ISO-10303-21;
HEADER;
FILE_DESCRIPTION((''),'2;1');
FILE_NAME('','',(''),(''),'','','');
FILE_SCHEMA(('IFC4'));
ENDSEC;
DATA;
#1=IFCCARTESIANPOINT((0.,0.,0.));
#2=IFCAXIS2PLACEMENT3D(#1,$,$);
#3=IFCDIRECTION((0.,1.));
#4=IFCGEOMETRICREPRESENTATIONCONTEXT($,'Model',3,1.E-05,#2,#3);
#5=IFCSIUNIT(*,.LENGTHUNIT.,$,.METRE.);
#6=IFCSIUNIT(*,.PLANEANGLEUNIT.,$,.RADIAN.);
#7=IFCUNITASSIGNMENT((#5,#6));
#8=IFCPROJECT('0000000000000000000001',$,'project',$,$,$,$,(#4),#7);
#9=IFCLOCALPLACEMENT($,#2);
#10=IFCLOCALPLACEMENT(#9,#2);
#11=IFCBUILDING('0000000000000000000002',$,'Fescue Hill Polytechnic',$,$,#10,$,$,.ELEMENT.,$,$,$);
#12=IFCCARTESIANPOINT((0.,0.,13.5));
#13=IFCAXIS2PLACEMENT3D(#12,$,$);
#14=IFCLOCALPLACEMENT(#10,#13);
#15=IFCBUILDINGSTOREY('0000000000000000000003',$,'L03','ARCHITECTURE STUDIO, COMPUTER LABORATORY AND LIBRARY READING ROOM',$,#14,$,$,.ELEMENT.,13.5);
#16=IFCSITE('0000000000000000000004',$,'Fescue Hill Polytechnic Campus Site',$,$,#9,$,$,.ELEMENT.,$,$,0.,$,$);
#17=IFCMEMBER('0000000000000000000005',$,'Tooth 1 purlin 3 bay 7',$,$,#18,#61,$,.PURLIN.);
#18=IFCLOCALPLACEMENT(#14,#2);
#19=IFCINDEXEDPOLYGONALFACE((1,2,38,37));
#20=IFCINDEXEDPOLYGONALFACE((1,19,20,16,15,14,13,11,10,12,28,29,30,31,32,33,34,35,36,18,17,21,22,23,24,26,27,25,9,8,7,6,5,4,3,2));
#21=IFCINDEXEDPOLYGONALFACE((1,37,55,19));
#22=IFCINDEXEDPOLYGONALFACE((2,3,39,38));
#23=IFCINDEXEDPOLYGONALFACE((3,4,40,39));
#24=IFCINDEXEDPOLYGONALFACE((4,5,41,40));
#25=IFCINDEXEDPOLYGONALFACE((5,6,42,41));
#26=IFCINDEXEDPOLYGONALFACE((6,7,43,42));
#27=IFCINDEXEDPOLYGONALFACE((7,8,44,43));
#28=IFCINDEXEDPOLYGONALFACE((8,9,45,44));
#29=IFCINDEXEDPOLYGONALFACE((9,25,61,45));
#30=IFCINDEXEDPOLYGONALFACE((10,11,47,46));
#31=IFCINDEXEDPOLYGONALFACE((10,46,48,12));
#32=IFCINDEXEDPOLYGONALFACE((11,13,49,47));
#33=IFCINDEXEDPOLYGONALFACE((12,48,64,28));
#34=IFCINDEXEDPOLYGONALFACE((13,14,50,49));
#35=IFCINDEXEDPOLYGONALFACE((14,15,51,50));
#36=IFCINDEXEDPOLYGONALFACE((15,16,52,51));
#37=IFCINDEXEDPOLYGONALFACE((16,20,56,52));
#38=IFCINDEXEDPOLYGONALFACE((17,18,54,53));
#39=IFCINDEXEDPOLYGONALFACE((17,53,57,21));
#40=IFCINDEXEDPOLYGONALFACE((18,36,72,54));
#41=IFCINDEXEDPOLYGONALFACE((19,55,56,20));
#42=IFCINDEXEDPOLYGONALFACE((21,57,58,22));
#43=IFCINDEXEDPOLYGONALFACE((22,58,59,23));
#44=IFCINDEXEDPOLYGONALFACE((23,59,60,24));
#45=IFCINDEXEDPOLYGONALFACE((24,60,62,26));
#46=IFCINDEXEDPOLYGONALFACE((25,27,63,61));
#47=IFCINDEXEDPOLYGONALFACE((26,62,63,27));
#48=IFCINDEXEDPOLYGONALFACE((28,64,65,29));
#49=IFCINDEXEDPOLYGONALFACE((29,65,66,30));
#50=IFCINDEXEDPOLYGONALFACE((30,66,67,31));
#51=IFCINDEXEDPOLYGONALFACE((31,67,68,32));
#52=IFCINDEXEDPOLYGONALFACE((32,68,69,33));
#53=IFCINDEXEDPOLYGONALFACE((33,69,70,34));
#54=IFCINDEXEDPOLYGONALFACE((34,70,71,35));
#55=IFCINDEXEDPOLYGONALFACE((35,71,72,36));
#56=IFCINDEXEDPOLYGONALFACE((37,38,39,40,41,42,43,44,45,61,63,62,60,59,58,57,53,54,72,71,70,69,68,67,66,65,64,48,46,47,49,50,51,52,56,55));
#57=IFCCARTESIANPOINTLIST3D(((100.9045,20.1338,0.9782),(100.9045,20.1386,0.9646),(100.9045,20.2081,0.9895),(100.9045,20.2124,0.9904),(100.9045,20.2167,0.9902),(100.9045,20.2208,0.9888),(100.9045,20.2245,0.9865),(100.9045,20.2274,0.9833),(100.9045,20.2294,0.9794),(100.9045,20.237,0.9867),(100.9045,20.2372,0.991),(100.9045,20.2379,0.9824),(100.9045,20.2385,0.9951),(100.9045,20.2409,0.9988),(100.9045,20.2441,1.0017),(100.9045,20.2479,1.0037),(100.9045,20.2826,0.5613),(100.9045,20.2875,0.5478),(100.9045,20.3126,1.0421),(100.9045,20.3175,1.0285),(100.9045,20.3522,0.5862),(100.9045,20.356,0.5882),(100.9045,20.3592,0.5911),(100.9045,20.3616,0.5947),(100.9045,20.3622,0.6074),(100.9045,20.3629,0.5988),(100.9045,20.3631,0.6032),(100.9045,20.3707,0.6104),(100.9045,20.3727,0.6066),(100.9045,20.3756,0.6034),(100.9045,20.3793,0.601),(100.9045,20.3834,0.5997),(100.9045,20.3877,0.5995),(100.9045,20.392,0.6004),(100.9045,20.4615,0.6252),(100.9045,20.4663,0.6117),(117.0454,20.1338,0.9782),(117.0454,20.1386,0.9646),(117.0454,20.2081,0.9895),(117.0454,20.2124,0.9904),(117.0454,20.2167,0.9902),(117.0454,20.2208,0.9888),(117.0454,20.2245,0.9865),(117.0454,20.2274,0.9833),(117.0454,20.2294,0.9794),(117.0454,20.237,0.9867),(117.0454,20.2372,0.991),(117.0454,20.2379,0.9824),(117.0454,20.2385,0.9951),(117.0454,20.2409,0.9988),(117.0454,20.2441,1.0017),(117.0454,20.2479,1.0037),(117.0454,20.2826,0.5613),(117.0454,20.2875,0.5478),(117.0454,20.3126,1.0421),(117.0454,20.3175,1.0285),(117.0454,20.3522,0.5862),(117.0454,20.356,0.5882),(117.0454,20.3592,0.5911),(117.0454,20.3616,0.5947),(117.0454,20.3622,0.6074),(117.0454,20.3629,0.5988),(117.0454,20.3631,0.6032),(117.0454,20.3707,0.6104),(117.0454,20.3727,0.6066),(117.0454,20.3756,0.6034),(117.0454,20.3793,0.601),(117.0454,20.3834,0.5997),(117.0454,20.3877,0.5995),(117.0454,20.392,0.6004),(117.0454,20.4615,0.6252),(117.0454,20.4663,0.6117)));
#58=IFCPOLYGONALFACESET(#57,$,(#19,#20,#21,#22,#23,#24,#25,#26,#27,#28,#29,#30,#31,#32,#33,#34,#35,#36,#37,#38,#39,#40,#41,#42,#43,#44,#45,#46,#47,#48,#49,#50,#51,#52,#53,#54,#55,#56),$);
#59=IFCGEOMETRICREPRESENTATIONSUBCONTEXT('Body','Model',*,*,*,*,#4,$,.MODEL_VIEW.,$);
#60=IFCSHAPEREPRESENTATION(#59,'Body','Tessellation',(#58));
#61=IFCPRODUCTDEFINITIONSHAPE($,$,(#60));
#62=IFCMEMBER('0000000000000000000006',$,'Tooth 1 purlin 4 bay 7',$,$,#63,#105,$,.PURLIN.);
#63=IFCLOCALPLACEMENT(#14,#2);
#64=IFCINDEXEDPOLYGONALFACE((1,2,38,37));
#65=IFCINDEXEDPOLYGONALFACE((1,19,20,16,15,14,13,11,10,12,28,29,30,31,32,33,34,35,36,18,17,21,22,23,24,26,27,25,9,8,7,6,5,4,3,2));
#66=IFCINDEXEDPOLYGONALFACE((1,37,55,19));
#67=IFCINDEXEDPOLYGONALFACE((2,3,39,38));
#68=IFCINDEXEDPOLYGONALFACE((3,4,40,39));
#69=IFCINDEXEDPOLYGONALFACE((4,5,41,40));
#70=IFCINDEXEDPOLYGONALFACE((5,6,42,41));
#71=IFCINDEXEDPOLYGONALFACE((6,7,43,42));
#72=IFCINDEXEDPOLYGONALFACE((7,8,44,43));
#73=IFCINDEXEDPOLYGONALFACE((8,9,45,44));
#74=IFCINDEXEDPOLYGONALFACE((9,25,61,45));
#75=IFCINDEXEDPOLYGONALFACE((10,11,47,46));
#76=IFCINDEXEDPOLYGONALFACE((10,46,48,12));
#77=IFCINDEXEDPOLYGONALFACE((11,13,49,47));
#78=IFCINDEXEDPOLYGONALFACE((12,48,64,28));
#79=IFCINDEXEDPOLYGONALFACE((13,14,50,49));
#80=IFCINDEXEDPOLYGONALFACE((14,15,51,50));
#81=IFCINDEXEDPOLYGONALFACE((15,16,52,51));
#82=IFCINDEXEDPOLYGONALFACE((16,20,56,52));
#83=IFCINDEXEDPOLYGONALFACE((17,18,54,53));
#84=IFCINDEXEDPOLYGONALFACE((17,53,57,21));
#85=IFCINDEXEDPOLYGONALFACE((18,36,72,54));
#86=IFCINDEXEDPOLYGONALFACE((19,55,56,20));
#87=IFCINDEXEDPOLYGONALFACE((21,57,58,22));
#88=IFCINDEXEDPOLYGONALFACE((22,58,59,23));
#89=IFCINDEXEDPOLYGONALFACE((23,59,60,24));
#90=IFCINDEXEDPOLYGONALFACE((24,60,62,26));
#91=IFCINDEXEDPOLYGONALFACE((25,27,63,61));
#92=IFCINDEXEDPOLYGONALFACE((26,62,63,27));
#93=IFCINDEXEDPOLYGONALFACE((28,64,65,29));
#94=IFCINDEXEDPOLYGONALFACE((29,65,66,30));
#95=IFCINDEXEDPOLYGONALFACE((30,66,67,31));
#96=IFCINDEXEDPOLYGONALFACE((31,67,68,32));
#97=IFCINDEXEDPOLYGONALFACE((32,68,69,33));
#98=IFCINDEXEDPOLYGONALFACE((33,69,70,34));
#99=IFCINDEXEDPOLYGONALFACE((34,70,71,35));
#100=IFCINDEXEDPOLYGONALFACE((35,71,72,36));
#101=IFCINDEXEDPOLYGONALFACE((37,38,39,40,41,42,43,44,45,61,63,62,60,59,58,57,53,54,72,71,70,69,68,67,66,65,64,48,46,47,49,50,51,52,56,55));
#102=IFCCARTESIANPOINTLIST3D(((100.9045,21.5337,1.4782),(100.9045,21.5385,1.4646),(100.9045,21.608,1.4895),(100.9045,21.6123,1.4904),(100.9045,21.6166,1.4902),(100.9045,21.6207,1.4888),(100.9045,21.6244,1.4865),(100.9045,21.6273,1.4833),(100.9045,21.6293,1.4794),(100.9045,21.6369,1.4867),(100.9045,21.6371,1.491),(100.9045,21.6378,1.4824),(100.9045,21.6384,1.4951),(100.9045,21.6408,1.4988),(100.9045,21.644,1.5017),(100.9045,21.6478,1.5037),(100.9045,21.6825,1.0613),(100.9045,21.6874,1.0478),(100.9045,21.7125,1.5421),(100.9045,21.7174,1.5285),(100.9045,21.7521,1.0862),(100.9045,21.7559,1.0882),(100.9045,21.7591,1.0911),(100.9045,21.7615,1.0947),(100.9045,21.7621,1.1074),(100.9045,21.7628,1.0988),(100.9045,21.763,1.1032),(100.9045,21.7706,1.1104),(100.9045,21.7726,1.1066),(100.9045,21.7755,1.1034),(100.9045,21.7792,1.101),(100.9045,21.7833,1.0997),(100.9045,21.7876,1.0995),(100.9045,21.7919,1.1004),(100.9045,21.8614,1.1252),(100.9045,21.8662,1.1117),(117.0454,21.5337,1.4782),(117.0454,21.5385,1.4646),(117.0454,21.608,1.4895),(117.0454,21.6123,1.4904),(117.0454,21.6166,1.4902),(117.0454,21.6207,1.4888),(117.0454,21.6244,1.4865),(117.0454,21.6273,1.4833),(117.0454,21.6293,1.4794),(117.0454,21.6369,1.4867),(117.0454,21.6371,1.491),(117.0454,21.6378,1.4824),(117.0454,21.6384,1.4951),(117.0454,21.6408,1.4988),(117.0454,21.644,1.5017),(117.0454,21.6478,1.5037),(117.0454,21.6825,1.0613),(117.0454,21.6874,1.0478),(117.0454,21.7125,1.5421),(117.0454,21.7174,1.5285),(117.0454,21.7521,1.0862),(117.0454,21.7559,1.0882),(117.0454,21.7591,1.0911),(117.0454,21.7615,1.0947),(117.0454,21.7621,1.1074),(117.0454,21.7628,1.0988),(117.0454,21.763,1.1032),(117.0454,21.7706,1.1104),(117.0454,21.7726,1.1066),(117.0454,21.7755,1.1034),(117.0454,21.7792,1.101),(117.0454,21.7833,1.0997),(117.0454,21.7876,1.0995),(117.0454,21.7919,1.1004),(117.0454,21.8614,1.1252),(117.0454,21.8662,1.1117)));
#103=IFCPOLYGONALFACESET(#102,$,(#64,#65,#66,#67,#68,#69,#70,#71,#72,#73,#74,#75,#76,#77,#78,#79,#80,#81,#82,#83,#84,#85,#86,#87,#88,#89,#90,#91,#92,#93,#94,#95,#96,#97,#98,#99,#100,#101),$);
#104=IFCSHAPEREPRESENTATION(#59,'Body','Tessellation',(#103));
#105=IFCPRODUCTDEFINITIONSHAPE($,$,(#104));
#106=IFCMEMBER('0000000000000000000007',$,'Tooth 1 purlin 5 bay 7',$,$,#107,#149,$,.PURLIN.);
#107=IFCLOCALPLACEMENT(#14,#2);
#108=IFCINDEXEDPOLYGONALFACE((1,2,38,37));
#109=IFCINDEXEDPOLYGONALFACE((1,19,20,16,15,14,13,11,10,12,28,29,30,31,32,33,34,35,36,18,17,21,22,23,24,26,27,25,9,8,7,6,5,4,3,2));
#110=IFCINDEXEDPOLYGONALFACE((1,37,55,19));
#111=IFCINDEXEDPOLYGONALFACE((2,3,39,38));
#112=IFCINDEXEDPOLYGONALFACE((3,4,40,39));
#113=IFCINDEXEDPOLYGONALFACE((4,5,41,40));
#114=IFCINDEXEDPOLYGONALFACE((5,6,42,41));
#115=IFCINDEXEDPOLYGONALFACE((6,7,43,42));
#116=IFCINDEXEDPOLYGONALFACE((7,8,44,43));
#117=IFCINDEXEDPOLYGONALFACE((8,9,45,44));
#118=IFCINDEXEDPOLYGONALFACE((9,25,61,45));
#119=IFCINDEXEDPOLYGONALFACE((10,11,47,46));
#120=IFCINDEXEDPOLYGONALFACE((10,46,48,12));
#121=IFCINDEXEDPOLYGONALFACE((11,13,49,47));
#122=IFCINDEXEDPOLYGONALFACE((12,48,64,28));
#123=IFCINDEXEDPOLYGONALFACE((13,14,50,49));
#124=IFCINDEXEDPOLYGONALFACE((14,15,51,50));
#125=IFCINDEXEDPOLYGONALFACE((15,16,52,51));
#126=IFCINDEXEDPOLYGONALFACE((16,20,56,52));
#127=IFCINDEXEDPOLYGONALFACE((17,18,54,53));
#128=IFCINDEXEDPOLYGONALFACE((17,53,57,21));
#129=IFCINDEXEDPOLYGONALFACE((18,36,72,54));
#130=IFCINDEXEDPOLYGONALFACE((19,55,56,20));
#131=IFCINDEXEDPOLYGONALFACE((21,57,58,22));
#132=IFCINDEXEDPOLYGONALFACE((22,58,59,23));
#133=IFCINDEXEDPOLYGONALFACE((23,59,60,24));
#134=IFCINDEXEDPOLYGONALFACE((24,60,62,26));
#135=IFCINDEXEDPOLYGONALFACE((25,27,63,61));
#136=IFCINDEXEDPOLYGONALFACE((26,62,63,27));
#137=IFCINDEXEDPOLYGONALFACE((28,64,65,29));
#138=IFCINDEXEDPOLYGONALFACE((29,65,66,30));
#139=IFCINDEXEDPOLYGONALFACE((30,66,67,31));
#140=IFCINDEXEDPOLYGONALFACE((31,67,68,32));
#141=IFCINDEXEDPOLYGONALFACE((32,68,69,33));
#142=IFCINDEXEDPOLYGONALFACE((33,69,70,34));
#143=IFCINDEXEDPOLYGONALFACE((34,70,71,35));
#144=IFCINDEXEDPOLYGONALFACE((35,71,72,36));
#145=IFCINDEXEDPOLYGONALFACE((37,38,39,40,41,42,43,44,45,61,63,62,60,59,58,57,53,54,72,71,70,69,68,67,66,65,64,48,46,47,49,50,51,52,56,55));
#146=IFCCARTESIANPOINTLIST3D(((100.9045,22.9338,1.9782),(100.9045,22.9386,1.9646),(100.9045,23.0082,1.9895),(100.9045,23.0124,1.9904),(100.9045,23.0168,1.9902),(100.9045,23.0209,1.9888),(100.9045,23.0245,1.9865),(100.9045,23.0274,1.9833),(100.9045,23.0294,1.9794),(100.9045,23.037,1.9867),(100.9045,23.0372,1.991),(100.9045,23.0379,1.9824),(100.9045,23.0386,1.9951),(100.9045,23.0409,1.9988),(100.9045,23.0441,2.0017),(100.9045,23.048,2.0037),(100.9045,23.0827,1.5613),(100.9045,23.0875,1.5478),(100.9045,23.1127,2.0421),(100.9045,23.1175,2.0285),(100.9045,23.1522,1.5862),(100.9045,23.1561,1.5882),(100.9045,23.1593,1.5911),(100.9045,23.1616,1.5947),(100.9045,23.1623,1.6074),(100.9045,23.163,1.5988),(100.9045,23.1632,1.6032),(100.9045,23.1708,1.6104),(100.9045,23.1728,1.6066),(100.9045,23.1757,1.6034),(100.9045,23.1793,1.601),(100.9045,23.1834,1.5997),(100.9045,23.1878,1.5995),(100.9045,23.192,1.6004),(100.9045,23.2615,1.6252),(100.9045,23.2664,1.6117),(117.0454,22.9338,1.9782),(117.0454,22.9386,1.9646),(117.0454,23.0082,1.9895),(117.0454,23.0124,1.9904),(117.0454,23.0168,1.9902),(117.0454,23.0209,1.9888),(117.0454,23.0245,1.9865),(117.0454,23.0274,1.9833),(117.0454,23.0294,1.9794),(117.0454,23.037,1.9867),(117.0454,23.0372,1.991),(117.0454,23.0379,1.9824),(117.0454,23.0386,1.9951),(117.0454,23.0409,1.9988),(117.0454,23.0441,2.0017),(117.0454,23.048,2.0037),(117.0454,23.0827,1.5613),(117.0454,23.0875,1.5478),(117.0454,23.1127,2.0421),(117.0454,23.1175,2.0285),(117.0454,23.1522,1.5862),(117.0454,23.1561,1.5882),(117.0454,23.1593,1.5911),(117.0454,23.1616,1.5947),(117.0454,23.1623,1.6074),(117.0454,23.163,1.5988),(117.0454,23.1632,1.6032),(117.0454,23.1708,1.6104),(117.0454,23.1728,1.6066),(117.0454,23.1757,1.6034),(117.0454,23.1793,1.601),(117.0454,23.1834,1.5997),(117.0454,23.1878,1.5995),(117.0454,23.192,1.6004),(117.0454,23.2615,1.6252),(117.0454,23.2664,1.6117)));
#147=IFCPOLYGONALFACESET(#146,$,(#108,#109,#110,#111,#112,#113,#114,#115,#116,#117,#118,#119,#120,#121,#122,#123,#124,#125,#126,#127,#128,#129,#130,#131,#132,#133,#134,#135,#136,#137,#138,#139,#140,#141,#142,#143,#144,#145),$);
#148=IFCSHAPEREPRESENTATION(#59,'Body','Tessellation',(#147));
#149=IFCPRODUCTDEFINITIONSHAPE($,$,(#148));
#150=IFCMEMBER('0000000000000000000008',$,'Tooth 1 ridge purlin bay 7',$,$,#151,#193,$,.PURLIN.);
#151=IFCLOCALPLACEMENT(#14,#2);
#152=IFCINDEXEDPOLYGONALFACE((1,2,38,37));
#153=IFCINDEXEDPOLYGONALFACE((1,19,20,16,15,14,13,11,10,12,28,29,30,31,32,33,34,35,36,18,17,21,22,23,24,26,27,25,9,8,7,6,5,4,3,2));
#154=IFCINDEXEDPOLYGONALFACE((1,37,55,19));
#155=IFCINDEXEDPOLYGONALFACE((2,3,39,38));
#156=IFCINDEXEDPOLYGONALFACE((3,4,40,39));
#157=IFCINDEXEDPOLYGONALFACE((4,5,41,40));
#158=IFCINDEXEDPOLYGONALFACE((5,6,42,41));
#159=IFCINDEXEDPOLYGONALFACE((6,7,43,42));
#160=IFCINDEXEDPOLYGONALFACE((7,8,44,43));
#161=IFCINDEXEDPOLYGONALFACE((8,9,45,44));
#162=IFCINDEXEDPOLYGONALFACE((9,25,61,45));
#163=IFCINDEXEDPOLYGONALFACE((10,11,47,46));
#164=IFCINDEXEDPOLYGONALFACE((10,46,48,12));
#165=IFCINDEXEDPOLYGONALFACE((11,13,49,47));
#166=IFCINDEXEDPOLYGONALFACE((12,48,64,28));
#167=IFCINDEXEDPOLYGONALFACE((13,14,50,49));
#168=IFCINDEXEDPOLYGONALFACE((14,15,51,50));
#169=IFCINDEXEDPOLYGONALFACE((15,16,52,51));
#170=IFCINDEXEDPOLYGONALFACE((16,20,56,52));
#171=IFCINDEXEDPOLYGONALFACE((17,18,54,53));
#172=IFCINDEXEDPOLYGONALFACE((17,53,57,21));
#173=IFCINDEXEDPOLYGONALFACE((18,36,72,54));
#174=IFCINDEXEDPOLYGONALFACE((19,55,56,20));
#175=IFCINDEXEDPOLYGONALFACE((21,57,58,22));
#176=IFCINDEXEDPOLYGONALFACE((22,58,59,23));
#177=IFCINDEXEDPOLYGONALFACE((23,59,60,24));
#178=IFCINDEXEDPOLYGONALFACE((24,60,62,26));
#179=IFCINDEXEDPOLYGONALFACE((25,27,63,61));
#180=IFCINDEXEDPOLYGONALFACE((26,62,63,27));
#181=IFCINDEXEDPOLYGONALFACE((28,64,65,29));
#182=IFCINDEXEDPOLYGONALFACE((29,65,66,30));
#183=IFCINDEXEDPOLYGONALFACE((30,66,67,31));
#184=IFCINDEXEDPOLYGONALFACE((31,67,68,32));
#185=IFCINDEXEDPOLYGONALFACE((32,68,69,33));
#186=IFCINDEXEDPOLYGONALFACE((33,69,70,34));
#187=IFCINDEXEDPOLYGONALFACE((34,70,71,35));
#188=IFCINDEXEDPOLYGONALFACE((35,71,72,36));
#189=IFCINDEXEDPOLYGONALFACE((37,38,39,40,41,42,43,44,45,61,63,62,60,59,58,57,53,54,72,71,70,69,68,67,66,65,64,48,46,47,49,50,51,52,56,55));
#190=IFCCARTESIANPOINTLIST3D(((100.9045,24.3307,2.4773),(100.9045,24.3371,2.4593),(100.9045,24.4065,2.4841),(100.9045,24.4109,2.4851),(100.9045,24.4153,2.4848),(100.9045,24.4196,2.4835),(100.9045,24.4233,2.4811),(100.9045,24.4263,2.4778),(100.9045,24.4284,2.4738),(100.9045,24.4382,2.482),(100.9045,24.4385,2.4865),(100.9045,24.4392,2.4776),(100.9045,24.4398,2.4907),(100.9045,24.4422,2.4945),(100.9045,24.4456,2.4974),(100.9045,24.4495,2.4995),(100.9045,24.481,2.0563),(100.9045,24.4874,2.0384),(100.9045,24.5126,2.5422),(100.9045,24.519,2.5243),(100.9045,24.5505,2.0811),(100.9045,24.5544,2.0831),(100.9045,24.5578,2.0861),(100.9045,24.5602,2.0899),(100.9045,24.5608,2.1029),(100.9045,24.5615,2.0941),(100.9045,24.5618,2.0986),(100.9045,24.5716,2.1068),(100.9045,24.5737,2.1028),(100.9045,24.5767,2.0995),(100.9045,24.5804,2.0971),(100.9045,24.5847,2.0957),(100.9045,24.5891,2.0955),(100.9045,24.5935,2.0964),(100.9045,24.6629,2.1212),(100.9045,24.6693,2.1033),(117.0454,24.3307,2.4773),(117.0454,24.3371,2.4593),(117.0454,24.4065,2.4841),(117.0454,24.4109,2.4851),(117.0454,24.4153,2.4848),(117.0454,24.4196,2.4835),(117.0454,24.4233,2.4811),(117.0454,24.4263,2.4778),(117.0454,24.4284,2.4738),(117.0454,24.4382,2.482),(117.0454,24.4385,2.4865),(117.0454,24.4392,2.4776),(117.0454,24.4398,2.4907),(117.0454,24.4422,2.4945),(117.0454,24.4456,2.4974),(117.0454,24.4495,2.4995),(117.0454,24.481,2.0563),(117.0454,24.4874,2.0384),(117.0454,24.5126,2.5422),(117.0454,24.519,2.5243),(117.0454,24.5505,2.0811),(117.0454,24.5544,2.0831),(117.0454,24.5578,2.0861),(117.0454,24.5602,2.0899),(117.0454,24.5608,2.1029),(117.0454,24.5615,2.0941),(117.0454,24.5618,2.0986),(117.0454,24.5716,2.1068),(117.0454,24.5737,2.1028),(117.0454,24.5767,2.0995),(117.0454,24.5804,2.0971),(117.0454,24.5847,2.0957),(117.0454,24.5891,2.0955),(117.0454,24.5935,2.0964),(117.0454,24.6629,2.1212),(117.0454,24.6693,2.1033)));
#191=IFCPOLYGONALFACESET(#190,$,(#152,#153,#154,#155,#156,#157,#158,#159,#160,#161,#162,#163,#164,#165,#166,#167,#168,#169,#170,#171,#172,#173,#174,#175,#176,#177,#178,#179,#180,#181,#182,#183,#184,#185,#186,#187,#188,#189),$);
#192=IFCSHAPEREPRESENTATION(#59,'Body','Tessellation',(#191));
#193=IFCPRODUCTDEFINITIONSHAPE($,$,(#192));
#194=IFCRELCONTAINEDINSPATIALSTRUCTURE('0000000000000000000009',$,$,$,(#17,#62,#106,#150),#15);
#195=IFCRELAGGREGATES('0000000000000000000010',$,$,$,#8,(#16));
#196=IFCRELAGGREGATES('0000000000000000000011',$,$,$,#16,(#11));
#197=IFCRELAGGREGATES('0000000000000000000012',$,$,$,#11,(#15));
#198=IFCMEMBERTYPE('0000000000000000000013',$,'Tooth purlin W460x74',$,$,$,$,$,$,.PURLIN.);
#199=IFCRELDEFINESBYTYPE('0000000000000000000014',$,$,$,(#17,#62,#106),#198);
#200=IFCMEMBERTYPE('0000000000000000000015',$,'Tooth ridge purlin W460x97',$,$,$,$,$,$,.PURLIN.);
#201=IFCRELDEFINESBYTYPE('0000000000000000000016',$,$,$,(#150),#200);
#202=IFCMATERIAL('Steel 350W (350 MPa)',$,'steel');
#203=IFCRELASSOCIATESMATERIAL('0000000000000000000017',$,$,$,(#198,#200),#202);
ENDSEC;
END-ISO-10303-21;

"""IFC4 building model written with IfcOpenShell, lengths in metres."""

from ifc_helpers import new_model, si_unit, direction, frame, origin, origin_2d, place, context, subcontext, project, spatial, i_section, extrude, material, material_profile, profile_set, type_object, element, save


model = new_model("IFC4")

# Units and contexts
model_context = context("Model", 3, precision=1e-05, world=origin(), true_north=direction((0.0, 1.0)))
body_context = subcontext(model_context, "Body", "Model", "MODEL_VIEW")
ifc_project = project(units=[si_unit("LENGTHUNIT", "METRE"), si_unit("PLANEANGLEUNIT", "RADIAN")], contexts=[model_context])

# Site, building, storey
site_placement = place(None, origin())
site = spatial("IfcSite", under=ifc_project, at=site_placement, Name="Fescue Hill Polytechnic Campus Site", CompositionType="ELEMENT", RefElevation=0.0)
building_placement = place(site_placement, origin())
building = spatial("IfcBuilding", under=site, at=building_placement, Name="Fescue Hill Polytechnic", CompositionType="ELEMENT")
storey_placement = place(building_placement, frame((0.0, 0.0, 13.5)))
storey = spatial("IfcBuildingStorey", under=building, at=storey_placement, Name="L03", Description="ARCHITECTURE STUDIO, COMPUTER LABORATORY AND LIBRARY READING ROOM", CompositionType="ELEMENT", Elevation=13.5)

# Members
ifc_material_1 = material(Name="Steel 350W (350 MPa)", Category="steel")
ifc_material_profile_1 = material_profile(ifc_material_1, i_section(OverallWidth=0.1899, OverallDepth=0.457, WebThickness=0.009, FlangeThickness=0.0144, FilletRadius=0.0166, at=origin_2d()), Name="W460x74")
ifc_profile_set_1 = profile_set([ifc_material_profile_1], Name="Steel 350W (350 MPa)")
member_type_1 = type_object("IfcMemberType", Name="Tooth purlin W460x74", PredefinedType="PURLIN", material=ifc_profile_set_1)
for number, where, z_axis, x_axis, name in (
    (1, (100.9045, 20.3, 0.7949), (1.0, 0.0, 0.0), (0.0, 0.941742, 0.336336), "Tooth 1 purlin 3 bay 7"),
    (2, (100.9045, 21.7, 1.2949), (1.0, 0.0, 0.0), (0.0, 0.941742, 0.336336), "Tooth 1 purlin 4 bay 7"),
    (3, (100.9045, 23.1001, 1.7949), (1.0, 0.0, 0.0), (0.0, 0.941742, 0.336336), "Tooth 1 purlin 5 bay 7"),
):
    element("IfcMember", number, at=place(storey_placement, frame(where, z_axis=z_axis, x_axis=x_axis)), inside=storey, type_object=member_type_1, Name=name, PredefinedType="PURLIN", context=body_context, shape_type="SweptSolid", body=[
        extrude(i_section(OverallWidth=0.1899, OverallDepth=0.457, WebThickness=0.009, FlangeThickness=0.0144, FilletRadius=0.0166, at=origin_2d()), origin(), (0.0, 0.0, 1.0), 16.1409),
    ])
ifc_material_profile_2 = material_profile(ifc_material_1, i_section(OverallWidth=0.1931, OverallDepth=0.4661, WebThickness=0.0115, FlangeThickness=0.019, FilletRadius=0.0171, at=origin_2d()), Name="W460x97")
ifc_profile_set_2 = profile_set([ifc_material_profile_2], Name="Steel 350W (350 MPa)")
member_type_2 = type_object("IfcMemberType", Name="Tooth ridge purlin W460x97", PredefinedType="PURLIN", material=ifc_profile_set_2)
member_1_placement = place(storey_placement, frame((100.9045, 24.5, 2.2903), z_axis=(1.0, 0.0, 0.0), x_axis=(0.0, 0.941742, 0.336336)))
element("IfcMember", 4, at=member_1_placement, inside=storey, type_object=member_type_2, Name="Tooth 1 ridge purlin bay 7", PredefinedType="PURLIN", context=body_context, shape_type="SweptSolid", body=[
    extrude(i_section(OverallWidth=0.1931, OverallDepth=0.4661, WebThickness=0.0115, FlangeThickness=0.019, FilletRadius=0.0171, at=origin_2d()), origin(), (0.0, 0.0, 1.0), 16.1409),
])

save(model, "model.ifc")
